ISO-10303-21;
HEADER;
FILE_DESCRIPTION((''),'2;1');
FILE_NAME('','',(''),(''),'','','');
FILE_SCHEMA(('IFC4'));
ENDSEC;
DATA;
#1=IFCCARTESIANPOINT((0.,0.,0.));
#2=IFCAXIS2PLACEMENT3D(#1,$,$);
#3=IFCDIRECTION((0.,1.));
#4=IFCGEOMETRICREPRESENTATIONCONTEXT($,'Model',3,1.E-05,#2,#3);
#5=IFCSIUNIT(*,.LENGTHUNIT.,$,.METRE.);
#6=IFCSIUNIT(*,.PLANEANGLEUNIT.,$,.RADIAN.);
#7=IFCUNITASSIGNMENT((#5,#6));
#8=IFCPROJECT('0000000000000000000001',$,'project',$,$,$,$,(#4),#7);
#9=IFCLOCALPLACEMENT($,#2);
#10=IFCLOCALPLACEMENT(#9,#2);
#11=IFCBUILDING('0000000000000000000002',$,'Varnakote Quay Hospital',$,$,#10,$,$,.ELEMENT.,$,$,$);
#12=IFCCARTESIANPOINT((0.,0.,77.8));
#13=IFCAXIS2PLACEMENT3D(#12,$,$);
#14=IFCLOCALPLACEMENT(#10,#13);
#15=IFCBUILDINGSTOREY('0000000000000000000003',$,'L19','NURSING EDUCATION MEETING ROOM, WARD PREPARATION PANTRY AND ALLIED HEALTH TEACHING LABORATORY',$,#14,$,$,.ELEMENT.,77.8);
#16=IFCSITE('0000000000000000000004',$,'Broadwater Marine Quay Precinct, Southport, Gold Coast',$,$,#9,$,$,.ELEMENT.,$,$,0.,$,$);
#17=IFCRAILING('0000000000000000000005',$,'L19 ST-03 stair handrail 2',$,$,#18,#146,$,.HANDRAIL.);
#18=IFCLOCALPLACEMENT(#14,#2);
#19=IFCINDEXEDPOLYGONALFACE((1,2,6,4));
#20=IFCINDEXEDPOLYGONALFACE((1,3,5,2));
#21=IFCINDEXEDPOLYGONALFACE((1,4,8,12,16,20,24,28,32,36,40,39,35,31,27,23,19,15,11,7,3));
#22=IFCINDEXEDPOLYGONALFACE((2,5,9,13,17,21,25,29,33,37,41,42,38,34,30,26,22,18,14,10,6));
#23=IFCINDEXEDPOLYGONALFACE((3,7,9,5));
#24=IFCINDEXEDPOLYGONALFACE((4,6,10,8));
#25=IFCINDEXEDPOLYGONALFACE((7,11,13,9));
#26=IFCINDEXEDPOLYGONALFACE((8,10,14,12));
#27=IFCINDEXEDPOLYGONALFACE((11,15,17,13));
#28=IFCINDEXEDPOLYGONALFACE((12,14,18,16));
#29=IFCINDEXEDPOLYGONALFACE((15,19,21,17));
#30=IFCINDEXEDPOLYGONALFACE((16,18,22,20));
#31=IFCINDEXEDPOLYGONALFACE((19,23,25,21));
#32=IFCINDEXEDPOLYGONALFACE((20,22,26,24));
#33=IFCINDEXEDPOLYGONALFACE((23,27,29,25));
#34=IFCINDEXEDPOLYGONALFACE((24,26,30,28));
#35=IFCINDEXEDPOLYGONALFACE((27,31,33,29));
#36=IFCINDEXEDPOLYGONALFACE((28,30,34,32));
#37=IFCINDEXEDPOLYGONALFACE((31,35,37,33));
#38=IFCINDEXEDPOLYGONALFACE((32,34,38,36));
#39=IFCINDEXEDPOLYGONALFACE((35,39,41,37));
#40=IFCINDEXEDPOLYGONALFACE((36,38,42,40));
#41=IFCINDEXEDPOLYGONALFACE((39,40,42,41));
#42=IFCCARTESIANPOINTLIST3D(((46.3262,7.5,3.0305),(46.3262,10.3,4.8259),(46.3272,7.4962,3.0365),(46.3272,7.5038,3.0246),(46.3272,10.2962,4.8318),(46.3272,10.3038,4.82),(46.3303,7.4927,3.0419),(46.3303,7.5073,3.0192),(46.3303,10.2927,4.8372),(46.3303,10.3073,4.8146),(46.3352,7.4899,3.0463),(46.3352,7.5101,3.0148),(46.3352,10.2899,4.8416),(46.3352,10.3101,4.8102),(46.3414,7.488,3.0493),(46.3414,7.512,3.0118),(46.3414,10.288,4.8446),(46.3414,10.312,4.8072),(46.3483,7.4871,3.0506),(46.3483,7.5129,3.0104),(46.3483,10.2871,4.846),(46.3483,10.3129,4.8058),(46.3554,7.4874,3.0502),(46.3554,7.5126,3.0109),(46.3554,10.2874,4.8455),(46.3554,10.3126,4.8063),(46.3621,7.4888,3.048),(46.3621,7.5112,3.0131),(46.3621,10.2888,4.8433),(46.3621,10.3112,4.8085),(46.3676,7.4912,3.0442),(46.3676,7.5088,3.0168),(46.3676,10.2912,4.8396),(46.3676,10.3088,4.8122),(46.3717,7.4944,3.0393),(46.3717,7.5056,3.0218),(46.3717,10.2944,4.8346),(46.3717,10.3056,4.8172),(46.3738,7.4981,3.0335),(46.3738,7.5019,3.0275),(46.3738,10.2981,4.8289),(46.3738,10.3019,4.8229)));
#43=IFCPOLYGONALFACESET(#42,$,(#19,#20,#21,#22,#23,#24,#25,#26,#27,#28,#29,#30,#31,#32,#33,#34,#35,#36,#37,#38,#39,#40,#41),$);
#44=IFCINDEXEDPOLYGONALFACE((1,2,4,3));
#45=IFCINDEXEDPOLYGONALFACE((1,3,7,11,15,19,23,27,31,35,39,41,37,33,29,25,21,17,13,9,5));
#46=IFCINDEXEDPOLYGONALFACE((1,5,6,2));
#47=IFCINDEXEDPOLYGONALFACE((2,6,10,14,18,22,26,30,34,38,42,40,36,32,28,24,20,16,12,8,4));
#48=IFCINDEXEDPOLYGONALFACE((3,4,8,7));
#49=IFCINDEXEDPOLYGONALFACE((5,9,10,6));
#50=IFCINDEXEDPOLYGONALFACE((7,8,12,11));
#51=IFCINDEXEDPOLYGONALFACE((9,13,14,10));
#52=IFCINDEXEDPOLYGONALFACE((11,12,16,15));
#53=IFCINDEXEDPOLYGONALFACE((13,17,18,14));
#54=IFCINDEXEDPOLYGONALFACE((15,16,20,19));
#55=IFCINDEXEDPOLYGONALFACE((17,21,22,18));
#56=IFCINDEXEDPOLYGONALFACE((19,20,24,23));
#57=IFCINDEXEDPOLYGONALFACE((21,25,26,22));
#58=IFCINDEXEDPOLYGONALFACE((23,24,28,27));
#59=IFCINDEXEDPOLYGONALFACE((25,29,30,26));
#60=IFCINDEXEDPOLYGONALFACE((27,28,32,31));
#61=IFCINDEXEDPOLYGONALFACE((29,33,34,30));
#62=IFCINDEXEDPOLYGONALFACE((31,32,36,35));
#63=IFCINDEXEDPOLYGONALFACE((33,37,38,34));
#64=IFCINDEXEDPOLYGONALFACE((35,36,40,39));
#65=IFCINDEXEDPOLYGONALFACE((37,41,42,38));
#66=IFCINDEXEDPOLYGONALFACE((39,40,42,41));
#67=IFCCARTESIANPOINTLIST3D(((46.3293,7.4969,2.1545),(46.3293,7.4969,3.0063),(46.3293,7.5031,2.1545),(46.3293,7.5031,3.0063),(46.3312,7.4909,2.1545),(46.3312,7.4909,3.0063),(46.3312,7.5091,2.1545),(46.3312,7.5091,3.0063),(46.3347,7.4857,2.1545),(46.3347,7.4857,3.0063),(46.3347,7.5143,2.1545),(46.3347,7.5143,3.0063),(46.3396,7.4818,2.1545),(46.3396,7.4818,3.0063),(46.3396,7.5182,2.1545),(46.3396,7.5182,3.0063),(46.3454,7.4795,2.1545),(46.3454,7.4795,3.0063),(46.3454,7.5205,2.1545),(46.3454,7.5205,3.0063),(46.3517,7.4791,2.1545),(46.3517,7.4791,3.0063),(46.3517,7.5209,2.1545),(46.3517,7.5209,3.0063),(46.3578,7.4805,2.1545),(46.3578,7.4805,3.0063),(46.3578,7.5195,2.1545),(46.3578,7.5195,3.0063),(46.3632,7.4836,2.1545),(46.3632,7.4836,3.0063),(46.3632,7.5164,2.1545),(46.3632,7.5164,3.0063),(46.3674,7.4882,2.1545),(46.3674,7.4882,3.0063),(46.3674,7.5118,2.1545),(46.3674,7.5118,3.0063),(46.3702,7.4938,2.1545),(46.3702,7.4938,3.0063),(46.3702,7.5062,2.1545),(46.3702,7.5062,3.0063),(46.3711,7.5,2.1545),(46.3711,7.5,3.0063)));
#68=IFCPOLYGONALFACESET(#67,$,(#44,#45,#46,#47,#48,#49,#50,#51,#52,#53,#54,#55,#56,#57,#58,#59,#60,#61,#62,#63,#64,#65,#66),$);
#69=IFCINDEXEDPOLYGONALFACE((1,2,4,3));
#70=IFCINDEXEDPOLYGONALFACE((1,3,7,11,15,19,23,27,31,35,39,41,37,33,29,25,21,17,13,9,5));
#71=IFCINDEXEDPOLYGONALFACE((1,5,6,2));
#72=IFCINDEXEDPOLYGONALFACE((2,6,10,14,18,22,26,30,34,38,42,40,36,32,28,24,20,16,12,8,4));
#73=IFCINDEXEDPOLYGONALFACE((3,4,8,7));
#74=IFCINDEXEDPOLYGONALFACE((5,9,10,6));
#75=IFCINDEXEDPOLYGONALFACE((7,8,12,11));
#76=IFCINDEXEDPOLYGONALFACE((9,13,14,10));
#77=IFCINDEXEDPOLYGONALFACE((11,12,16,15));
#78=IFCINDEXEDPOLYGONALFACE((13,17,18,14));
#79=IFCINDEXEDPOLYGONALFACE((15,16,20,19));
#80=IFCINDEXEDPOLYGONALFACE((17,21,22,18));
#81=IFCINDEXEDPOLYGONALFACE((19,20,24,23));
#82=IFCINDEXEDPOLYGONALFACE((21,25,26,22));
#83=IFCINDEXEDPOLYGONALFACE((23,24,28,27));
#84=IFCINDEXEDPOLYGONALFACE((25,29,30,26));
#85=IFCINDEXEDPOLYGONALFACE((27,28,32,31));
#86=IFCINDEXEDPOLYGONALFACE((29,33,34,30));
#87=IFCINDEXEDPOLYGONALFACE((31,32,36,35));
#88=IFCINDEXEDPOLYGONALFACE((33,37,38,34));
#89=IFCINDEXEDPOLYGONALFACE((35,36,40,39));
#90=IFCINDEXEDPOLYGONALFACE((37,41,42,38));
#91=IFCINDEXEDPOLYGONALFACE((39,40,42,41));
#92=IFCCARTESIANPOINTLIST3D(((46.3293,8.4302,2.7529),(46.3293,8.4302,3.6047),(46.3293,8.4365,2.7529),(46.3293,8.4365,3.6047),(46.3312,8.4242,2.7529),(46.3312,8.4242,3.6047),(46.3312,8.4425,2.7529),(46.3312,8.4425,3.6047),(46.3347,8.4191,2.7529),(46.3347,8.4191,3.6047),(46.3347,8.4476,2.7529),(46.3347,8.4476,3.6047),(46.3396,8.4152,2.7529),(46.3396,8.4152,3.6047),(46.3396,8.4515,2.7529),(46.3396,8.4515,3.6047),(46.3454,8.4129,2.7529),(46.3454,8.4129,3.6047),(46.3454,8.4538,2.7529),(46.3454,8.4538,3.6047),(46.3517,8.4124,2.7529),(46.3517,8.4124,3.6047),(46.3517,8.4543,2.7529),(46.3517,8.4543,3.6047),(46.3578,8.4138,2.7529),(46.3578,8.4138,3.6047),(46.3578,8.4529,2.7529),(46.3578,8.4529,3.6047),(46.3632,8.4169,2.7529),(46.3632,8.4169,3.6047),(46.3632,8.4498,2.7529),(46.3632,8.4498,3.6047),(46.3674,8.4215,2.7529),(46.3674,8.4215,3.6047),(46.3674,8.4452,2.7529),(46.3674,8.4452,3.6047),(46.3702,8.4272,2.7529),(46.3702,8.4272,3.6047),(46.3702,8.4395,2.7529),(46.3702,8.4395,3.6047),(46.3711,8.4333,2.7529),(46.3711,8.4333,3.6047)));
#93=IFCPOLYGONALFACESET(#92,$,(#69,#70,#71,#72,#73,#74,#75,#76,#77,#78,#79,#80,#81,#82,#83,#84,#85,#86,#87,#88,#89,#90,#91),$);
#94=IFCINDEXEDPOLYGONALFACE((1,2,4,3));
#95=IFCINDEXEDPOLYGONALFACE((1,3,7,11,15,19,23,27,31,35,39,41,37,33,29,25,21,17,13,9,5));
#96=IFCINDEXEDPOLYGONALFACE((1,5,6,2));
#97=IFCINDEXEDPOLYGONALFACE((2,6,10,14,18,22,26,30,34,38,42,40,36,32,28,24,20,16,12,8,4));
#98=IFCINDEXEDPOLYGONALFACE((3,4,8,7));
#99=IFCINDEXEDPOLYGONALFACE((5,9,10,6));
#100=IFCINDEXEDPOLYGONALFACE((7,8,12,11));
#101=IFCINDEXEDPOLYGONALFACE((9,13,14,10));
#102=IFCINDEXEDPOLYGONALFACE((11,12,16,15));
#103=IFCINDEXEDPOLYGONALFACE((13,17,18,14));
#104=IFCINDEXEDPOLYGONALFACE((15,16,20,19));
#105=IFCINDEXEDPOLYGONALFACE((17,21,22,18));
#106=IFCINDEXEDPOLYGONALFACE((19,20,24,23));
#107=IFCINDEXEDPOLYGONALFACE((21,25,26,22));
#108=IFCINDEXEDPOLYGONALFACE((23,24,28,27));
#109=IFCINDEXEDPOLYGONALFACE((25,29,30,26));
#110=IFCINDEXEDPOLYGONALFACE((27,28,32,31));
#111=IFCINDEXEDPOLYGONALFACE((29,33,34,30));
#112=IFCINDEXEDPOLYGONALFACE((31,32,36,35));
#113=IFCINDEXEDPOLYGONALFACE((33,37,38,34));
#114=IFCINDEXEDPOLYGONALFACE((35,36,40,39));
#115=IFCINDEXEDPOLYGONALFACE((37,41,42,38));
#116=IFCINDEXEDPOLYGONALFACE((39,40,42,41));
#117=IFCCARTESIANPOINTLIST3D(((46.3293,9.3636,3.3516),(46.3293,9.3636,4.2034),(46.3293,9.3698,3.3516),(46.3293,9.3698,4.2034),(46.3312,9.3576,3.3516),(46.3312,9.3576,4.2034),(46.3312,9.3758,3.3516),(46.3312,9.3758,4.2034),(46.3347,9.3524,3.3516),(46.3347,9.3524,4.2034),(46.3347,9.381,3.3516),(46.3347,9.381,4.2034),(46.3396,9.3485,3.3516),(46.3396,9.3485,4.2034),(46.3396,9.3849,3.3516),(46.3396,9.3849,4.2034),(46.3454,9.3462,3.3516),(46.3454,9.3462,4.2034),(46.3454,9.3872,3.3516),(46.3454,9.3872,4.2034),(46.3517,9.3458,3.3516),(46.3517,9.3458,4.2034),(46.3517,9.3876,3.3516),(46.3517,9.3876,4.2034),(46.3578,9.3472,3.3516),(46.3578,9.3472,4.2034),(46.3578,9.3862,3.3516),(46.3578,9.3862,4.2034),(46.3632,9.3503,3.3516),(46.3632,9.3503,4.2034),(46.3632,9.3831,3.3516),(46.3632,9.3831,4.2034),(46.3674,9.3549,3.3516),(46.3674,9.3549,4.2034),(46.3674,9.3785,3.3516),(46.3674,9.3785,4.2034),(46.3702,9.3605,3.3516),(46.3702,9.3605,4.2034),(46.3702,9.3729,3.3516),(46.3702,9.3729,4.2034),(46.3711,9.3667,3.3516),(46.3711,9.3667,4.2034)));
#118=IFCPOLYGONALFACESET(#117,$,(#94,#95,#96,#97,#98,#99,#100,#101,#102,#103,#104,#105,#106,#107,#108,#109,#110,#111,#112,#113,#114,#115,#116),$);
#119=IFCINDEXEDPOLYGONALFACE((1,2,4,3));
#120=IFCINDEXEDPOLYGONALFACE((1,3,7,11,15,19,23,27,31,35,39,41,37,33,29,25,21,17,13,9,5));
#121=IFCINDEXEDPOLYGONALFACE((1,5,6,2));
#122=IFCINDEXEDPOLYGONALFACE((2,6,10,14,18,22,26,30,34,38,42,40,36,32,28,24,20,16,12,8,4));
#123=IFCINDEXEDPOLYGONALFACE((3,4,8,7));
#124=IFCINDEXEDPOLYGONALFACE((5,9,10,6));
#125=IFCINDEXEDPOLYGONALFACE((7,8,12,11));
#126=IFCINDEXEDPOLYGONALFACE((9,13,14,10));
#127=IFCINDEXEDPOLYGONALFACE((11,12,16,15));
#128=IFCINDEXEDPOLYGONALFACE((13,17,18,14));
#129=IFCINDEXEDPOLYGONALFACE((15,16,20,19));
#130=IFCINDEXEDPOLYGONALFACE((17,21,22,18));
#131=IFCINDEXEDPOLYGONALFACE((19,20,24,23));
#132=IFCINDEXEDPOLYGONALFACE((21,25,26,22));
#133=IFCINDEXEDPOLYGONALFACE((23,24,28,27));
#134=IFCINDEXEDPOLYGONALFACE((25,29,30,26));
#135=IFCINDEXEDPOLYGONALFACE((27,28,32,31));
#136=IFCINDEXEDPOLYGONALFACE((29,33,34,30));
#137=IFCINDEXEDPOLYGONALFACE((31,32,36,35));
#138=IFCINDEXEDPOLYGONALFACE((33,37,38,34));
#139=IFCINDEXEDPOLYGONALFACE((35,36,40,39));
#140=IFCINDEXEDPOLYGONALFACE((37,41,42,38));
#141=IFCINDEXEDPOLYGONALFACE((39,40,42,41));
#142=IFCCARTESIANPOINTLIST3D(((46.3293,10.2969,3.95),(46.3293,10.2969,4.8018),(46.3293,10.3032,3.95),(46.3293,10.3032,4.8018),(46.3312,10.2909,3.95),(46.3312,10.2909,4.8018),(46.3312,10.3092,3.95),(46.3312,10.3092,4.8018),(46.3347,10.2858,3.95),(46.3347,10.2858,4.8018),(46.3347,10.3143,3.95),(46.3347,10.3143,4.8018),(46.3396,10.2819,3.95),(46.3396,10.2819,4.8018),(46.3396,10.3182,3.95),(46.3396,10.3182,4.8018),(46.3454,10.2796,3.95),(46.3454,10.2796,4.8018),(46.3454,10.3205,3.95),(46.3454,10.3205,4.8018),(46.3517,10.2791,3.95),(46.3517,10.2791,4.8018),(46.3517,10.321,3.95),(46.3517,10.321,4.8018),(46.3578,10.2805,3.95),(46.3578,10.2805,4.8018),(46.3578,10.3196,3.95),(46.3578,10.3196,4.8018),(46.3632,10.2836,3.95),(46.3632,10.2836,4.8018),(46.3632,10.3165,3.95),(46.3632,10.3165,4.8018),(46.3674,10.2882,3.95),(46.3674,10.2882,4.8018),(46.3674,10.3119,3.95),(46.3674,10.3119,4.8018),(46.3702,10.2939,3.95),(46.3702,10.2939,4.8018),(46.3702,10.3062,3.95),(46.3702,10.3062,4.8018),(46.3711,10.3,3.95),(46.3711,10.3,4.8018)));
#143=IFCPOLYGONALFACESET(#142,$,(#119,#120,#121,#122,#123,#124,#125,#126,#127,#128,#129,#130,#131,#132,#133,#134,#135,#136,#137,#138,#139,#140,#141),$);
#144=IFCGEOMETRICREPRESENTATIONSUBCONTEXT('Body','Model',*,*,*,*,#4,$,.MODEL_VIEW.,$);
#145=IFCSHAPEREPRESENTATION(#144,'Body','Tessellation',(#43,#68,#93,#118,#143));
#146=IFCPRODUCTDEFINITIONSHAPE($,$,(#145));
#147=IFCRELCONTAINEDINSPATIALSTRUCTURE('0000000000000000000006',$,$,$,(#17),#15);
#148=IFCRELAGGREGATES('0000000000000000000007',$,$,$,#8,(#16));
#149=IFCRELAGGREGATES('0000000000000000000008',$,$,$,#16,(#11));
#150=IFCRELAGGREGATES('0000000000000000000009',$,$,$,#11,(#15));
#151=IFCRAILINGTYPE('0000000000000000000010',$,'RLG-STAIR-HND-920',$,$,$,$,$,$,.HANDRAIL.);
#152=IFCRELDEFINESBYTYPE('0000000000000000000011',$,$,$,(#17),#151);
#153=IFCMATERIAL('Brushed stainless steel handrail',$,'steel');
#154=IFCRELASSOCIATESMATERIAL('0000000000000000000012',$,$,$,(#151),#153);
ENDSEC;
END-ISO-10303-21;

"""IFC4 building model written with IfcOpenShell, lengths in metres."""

from ifc_helpers import new_model, si_unit, direction, frame, origin, origin_2d, place, context, subcontext, project, spatial, circle, extrude, material, type_object, element, save


model = new_model("IFC4")

# Units and contexts
model_context = context("Model", 3, precision=1e-05, world=origin(), true_north=direction((0.0, 1.0)))
body_context = subcontext(model_context, "Body", "Model", "MODEL_VIEW")
ifc_project = project(units=[si_unit("LENGTHUNIT", "METRE"), si_unit("PLANEANGLEUNIT", "RADIAN")], contexts=[model_context])

# Site, building, storey
site_placement = place(None, origin())
site = spatial("IfcSite", under=ifc_project, at=site_placement, Name="Broadwater Marine Quay Precinct, Southport, Gold Coast", CompositionType="ELEMENT", RefElevation=0.0)
building_placement = place(site_placement, origin())
building = spatial("IfcBuilding", under=site, at=building_placement, Name="Varnakote Quay Hospital", CompositionType="ELEMENT")
storey_placement = place(building_placement, frame((0.0, 0.0, 77.8)))
storey = spatial("IfcBuildingStorey", under=building, at=storey_placement, Name="L19", Description="NURSING EDUCATION MEETING ROOM, WARD PREPARATION PANTRY AND ALLIED HEALTH TEACHING LABORATORY", CompositionType="ELEMENT", Elevation=77.8)

# Railing
ifc_material_1 = material(Name="Brushed stainless steel handrail", Category="steel")
railing_type_1 = type_object("IfcRailingType", Name="RLG-STAIR-HND-920", PredefinedType="HANDRAIL", material=ifc_material_1)
railing_1_placement = place(storey_placement, frame((46.3501, 7.5, 2.1545)))
element("IfcRailing", 1, at=railing_1_placement, inside=storey, type_object=railing_type_1, Name="L19 ST-03 stair handrail 2", PredefinedType="HANDRAIL", context=body_context, shape_type="SweptSolid", body=[
    extrude(circle(Radius=0.0239, at=origin_2d()), frame((0.0, 0.0, 0.876), z_axis=(0.0, 0.84181, 0.539774), x_axis=(-1.0, 0.0, 0.0)), (0.0, 0.0, 1.0), 3.3262),
    extrude(circle(Radius=0.021, at=origin_2d()), origin(), (0.0, 0.0, 1.0), 0.8518),
    extrude(circle(Radius=0.021, at=origin_2d()), frame((0.0, 0.9333, 0.5984)), (0.0, 0.0, 1.0), 0.8518),
    extrude(circle(Radius=0.021, at=origin_2d()), frame((0.0, 1.8667, 1.197)), (0.0, 0.0, 1.0), 0.8518),
    extrude(circle(Radius=0.021, at=origin_2d()), frame((0.0, 2.8, 1.7954)), (0.0, 0.0, 1.0), 0.8518),
])

save(model, "model.ifc")
